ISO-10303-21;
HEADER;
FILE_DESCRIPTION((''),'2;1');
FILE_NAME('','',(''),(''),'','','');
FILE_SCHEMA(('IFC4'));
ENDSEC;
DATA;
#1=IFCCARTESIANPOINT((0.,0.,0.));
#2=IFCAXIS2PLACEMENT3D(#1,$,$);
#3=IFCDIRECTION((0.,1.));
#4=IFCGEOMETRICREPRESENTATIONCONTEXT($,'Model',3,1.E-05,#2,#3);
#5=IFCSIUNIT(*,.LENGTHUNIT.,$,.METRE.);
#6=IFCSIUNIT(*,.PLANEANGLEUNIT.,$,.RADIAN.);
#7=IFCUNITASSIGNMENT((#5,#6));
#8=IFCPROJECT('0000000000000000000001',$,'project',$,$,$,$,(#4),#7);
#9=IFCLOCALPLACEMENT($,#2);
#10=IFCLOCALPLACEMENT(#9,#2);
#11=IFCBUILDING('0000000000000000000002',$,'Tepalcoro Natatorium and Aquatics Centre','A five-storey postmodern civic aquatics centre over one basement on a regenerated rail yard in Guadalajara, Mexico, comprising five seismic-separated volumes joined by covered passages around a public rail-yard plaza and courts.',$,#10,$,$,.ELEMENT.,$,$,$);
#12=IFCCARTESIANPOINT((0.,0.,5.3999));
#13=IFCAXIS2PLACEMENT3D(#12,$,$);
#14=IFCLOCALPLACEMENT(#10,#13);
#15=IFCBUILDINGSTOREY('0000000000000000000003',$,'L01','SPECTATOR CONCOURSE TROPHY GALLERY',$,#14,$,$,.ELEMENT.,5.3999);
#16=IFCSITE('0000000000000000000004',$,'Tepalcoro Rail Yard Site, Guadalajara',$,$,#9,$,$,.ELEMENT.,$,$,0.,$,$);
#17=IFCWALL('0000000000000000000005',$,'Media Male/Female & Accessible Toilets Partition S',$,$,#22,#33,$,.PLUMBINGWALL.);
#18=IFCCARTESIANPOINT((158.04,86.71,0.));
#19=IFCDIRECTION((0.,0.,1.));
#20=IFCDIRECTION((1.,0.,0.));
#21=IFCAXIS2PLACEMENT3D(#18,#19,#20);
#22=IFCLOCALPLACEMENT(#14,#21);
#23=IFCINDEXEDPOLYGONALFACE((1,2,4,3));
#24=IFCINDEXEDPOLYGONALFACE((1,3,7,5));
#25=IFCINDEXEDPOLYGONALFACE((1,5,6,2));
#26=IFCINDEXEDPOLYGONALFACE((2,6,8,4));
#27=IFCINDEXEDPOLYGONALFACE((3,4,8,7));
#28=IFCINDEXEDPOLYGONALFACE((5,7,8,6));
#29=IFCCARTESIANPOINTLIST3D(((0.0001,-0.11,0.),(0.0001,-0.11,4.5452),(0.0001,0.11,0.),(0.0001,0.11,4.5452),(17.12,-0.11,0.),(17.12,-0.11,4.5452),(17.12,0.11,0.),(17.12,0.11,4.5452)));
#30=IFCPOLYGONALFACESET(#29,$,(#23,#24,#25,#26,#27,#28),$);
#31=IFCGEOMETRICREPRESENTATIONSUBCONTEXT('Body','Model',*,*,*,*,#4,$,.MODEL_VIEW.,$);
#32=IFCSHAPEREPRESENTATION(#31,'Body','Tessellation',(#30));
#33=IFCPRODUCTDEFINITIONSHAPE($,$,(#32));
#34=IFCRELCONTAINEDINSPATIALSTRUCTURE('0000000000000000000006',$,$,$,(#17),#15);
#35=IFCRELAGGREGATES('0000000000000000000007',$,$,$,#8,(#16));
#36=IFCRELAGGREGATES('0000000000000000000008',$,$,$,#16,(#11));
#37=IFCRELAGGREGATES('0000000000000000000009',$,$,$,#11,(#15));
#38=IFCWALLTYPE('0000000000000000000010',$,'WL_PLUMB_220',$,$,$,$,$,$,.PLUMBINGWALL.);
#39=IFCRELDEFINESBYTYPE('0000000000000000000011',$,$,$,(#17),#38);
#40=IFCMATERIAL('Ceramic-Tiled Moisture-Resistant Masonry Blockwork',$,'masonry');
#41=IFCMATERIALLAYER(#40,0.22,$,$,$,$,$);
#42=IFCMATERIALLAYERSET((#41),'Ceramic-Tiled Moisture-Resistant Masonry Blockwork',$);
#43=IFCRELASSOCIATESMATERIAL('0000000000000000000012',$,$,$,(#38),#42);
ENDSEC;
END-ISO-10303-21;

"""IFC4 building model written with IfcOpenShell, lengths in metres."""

from ifc_helpers import new_model, si_unit, direction, frame, frame_2d, origin, place, context, subcontext, project, spatial, rectangle, extrude, material, layer, layer_set, type_object, element, save


model = new_model("IFC4")

# Units and contexts
model_context = context("Model", 3, precision=1e-05, world=origin(), true_north=direction((0.0, 1.0)))
body_context = subcontext(model_context, "Body", "Model", "MODEL_VIEW")
ifc_project = project(units=[si_unit("LENGTHUNIT", "METRE"), si_unit("PLANEANGLEUNIT", "RADIAN")], contexts=[model_context])

# Site, building, storey
site_placement = place(None, origin())
site = spatial("IfcSite", under=ifc_project, at=site_placement, Name="Tepalcoro Rail Yard Site, Guadalajara", CompositionType="ELEMENT", RefElevation=0.0)
building_placement = place(site_placement, origin())
building = spatial("IfcBuilding", under=site, at=building_placement, Name="Tepalcoro Natatorium and Aquatics Centre", Description="A five-storey postmodern civic aquatics centre over one basement on a regenerated rail yard in Guadalajara, Mexico, comprising five seismic-separated volumes joined by covered passages around a public rail-yard plaza and courts.", CompositionType="ELEMENT")
storey_placement = place(building_placement, frame((0.0, 0.0, 5.3999)))
storey = spatial("IfcBuildingStorey", under=building, at=storey_placement, Name="L01", Description="SPECTATOR CONCOURSE TROPHY GALLERY", CompositionType="ELEMENT", Elevation=5.3999)

# Wall
ifc_material_1 = material(Name="Ceramic-Tiled Moisture-Resistant Masonry Blockwork", Category="masonry")
ifc_layer_1 = layer(ifc_material_1, 0.22)
ifc_layer_set_1 = layer_set([ifc_layer_1], Name="Ceramic-Tiled Moisture-Resistant Masonry Blockwork")
wall_type = type_object("IfcWallType", Name="WL_PLUMB_220", PredefinedType="PLUMBINGWALL", material=ifc_layer_set_1)
wall_1_placement = place(storey_placement, frame((158.04, 86.71, 0.0), z_axis=(0.0, 0.0, 1.0), x_axis=(1.0, 0.0, 0.0)))
element("IfcWall", 1, at=wall_1_placement, inside=storey, type_object=wall_type, Name="Media Male/Female & Accessible Toilets Partition S", PredefinedType="PLUMBINGWALL", context=body_context, shape_type="SweptSolid", body=[
    extrude(rectangle(XDim=17.1199, YDim=0.22, at=frame_2d((8.5601, 0.0))), origin(), (0.0, 0.0, 1.0), 4.5452),
])

save(model, "model.ifc")
